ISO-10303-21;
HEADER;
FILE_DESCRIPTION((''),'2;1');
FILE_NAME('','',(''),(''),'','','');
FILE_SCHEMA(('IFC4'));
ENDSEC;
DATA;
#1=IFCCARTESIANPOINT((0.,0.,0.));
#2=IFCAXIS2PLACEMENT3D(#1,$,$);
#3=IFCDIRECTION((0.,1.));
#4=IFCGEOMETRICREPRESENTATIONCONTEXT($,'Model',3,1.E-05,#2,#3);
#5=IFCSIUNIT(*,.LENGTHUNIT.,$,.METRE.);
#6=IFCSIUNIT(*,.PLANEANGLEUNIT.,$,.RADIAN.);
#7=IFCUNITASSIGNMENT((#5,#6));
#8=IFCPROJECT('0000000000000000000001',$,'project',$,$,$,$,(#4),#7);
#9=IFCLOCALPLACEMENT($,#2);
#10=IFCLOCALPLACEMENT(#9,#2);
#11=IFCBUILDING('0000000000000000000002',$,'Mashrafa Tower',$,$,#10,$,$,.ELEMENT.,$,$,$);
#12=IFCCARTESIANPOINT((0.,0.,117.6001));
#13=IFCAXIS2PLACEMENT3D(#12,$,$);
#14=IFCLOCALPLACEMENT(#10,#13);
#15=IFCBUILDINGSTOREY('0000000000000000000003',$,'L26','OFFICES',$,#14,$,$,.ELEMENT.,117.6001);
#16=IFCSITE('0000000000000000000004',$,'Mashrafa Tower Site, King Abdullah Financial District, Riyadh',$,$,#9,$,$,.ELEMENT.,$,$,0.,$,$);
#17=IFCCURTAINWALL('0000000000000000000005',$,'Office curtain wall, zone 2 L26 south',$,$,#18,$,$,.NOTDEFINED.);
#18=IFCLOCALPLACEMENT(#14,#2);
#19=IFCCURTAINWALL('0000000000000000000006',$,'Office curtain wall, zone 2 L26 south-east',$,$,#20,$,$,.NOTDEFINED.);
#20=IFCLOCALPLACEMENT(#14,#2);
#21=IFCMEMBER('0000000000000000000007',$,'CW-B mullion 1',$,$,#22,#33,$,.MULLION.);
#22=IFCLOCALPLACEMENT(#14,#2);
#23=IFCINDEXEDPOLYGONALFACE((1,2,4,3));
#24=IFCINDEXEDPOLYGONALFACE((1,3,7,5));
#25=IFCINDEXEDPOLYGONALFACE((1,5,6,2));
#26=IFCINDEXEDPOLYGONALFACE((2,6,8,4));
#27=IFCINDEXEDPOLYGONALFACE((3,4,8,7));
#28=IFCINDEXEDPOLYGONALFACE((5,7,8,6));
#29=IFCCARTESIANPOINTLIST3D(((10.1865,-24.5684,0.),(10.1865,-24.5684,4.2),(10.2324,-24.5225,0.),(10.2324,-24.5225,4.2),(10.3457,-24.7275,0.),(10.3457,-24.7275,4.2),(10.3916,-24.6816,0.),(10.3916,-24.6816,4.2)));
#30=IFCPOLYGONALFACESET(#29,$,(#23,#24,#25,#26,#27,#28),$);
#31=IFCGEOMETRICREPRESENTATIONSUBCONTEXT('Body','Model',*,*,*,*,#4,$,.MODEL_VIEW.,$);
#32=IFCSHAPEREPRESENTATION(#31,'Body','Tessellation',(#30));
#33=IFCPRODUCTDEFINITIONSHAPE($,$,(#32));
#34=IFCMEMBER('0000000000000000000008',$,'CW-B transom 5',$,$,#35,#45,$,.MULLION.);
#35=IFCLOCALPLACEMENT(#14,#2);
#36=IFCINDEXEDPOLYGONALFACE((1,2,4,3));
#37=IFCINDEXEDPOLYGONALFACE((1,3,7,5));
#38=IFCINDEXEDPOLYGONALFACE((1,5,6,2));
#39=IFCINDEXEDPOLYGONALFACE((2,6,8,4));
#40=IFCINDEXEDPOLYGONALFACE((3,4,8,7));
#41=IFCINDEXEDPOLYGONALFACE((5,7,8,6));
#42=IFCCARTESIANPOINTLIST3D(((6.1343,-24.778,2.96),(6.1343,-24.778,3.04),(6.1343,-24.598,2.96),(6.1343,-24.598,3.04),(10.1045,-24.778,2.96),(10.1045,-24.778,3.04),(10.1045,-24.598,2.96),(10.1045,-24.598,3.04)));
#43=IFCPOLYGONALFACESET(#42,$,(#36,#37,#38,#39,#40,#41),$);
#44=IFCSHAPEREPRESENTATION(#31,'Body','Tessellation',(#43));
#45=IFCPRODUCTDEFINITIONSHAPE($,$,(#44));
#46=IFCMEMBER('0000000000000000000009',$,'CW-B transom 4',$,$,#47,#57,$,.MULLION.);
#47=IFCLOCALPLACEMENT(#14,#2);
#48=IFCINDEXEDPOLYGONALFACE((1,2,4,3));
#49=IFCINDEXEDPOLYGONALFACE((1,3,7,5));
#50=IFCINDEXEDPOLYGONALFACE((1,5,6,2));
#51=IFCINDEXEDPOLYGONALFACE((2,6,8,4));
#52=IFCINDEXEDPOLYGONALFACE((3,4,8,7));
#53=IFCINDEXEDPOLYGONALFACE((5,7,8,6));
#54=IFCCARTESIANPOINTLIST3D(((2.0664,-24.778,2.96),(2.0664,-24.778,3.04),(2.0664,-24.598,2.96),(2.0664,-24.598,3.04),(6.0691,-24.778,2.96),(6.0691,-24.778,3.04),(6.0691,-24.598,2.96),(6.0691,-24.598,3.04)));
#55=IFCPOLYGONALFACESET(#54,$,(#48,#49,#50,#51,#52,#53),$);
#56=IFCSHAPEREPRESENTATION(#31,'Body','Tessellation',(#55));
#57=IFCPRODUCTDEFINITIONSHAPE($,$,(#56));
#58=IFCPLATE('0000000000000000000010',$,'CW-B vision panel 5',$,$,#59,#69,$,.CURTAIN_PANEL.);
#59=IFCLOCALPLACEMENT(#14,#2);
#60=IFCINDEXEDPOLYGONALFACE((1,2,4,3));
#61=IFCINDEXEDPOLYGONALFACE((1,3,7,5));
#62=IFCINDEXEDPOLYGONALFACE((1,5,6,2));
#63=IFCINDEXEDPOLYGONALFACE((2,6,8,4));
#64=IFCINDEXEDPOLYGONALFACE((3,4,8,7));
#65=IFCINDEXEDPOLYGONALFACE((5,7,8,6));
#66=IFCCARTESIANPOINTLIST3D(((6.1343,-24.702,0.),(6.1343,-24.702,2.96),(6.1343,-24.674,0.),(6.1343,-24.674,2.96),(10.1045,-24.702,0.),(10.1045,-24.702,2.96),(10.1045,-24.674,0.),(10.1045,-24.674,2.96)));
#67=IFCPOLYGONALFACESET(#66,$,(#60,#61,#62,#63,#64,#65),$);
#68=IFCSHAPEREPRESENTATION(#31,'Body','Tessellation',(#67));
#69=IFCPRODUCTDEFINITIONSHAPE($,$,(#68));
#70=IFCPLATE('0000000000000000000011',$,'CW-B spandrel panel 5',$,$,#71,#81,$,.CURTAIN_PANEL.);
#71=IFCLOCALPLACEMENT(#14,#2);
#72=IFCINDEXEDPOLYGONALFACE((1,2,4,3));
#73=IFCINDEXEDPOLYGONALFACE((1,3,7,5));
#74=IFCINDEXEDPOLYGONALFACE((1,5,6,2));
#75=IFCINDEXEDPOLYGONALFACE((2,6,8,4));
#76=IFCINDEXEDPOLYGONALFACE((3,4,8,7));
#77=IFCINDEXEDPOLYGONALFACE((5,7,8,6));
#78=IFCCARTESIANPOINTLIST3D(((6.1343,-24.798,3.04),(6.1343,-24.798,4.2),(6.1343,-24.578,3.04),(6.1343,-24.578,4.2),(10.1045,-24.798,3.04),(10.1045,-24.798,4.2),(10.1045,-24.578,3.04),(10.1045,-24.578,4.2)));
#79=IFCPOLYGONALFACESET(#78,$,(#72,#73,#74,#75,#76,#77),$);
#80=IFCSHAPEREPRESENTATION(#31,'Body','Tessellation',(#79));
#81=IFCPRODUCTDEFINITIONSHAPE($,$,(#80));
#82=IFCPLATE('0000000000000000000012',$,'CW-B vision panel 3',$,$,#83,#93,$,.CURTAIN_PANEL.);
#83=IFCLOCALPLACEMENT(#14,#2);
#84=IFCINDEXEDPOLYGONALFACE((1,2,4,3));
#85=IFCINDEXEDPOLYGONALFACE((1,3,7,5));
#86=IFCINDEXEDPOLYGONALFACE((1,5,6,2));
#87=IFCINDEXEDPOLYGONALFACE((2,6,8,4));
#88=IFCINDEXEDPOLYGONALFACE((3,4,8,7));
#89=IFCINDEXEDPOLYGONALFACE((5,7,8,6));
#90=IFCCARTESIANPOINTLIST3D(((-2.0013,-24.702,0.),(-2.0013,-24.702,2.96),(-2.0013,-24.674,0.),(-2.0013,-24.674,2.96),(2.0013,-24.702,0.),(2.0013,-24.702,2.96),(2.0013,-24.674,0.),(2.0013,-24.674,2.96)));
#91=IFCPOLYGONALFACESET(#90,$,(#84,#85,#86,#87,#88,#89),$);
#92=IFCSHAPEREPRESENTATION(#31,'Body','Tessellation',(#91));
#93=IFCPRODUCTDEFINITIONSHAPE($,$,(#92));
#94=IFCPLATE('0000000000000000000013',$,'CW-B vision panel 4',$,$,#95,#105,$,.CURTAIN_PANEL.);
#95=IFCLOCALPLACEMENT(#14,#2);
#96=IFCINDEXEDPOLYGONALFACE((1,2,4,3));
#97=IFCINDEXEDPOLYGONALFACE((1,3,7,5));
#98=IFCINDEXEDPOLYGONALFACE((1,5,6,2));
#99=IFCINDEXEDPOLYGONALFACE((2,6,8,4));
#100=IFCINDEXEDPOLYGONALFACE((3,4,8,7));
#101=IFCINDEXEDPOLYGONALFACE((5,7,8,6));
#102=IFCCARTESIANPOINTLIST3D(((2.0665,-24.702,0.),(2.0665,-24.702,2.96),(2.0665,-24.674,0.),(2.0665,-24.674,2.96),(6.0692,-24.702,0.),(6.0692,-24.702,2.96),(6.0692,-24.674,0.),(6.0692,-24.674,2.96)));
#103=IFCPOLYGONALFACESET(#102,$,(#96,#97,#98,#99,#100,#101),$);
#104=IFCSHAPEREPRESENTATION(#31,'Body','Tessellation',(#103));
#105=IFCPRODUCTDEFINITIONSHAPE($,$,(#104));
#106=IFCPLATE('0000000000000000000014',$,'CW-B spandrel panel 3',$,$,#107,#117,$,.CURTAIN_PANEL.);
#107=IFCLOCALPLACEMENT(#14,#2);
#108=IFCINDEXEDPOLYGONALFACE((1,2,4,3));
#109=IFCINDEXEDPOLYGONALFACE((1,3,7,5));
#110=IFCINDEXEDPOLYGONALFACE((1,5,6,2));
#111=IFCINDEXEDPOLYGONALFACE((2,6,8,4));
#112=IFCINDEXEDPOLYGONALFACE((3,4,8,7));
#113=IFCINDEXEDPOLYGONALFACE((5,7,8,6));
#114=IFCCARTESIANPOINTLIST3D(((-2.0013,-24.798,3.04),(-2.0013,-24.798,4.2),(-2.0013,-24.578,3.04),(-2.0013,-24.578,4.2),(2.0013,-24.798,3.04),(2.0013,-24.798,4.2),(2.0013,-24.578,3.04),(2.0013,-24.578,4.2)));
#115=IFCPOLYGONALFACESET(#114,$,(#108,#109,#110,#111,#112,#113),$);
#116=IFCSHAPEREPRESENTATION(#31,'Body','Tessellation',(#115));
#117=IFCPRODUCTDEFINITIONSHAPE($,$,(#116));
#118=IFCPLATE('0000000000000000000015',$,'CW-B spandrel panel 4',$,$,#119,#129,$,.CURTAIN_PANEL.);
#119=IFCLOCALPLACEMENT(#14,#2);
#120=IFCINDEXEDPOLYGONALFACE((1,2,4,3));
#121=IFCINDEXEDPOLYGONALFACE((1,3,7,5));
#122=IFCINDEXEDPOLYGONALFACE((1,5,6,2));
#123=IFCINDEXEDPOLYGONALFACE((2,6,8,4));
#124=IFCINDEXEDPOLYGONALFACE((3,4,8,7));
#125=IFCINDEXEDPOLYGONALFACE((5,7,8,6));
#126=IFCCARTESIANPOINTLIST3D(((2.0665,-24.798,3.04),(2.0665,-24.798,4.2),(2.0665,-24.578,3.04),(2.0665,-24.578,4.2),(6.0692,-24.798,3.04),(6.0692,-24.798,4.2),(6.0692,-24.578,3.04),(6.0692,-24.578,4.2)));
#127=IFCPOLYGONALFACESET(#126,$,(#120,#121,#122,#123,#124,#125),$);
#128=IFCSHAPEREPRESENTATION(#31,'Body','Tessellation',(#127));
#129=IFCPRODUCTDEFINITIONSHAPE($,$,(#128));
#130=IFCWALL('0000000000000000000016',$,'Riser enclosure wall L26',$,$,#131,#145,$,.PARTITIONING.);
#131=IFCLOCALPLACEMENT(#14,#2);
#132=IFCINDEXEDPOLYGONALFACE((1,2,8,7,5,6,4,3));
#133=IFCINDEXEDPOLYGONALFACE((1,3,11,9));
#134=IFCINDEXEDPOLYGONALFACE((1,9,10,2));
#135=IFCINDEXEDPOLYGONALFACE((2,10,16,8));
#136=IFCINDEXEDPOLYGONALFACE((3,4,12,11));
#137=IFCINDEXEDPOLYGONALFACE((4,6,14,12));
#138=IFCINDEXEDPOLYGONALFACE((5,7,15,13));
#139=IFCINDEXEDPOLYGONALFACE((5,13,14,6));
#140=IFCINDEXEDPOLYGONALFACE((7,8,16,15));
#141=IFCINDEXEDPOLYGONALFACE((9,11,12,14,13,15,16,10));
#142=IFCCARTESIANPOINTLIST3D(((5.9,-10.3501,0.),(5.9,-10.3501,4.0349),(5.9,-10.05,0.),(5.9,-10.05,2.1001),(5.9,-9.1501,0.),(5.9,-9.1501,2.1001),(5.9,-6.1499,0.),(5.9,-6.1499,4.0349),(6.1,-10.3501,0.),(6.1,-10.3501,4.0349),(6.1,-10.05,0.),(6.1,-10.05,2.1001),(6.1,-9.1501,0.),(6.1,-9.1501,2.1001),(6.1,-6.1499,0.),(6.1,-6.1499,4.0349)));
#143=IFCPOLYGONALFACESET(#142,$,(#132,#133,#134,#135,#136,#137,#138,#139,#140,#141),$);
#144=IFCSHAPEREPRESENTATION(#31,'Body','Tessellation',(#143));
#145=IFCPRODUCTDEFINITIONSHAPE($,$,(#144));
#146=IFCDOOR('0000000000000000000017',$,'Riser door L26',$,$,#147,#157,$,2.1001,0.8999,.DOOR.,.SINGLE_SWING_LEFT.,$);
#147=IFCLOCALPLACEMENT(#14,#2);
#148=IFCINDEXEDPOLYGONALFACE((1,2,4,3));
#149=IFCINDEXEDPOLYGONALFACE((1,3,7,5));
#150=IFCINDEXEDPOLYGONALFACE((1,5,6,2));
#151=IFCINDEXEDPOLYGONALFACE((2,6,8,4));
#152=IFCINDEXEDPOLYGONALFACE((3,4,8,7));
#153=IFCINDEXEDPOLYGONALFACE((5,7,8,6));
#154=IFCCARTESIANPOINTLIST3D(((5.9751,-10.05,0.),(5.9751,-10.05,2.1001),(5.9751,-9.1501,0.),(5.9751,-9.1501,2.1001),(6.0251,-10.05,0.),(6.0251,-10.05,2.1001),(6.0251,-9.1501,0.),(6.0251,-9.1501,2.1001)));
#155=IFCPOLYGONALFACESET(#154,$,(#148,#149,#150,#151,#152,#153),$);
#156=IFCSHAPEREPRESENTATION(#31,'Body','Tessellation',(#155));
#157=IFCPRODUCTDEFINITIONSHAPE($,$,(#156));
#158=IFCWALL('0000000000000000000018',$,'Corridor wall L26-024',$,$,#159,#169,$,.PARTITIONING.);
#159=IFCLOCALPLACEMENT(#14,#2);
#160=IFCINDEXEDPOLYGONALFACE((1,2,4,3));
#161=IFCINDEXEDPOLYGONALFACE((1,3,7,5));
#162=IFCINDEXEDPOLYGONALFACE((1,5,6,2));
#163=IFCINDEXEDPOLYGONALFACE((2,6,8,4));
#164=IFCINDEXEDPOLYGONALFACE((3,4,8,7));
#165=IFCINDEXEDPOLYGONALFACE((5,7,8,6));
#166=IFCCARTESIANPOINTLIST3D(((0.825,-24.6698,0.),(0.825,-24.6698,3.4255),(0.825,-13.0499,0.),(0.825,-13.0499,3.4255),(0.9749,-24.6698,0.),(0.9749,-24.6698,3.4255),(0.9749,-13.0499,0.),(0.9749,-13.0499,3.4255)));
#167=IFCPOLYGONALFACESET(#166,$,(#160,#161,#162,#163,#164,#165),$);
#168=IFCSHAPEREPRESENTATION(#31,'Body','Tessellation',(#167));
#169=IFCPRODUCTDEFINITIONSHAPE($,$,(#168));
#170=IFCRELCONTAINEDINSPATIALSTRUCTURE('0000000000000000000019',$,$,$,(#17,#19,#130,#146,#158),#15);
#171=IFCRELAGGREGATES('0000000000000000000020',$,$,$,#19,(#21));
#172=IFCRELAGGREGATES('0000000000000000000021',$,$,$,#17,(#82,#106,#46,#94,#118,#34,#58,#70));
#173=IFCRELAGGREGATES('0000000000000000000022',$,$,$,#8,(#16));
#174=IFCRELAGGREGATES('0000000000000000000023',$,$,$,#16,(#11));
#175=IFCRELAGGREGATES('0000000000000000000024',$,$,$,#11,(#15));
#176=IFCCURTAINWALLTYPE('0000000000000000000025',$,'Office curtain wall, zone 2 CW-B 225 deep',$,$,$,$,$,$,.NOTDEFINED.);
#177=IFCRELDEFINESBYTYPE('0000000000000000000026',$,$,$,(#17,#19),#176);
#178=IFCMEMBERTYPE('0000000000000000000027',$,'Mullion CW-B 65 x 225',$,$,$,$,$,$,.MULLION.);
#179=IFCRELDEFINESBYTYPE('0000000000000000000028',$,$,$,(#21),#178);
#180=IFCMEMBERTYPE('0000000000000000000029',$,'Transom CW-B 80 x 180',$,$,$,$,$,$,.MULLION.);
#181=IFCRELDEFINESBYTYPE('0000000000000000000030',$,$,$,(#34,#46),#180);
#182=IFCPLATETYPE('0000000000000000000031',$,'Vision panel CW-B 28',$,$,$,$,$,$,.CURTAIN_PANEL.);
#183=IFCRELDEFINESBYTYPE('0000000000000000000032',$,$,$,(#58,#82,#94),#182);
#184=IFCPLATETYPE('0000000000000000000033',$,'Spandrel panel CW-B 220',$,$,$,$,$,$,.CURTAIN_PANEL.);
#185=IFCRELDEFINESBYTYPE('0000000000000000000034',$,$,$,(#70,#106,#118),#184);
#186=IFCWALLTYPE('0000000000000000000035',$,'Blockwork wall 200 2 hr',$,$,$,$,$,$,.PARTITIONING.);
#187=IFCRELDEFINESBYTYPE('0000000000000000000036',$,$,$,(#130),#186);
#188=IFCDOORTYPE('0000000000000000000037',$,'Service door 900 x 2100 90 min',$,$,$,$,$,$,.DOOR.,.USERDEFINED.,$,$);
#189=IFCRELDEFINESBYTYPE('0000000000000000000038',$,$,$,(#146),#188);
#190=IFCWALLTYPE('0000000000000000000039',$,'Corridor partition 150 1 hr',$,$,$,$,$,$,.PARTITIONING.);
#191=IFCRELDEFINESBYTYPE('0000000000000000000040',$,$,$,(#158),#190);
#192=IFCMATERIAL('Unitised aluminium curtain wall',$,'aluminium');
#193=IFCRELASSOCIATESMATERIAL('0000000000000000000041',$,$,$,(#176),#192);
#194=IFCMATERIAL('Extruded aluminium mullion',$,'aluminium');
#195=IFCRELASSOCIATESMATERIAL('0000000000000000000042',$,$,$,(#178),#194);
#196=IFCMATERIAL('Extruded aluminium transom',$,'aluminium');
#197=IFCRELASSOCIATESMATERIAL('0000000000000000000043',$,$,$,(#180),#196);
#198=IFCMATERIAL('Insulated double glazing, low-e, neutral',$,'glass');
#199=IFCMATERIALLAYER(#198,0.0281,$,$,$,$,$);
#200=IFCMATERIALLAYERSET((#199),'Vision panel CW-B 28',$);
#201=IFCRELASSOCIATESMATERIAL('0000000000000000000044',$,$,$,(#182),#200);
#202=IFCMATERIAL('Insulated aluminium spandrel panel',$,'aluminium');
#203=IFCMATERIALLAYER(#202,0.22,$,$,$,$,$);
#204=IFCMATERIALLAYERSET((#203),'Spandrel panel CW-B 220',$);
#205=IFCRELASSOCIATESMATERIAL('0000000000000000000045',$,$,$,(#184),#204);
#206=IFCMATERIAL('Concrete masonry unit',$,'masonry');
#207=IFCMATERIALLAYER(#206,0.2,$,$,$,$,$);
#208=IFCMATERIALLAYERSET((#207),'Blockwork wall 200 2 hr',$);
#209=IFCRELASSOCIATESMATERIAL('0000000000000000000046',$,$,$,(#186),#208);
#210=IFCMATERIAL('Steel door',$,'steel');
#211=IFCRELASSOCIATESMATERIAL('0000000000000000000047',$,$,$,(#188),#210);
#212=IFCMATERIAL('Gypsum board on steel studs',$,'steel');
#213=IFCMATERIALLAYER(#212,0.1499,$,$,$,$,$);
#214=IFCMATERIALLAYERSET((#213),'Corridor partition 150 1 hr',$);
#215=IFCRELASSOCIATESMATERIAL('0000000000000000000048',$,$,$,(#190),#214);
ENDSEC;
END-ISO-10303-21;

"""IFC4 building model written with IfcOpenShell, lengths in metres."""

from ifc_helpers import new_model, si_unit, direction, frame, frame_2d, origin, origin_2d, place, context, subcontext, project, spatial, rectangle, extrude, source, transform, mapped, material, layer, layer_set, material_profile, profile_set, type_object, type_shapes, element, fill, aggregate, save


model = new_model("IFC4")

# Units and contexts
model_context = context("Model", 3, precision=1e-05, world=origin(), true_north=direction((0.0, 1.0)))
body_context = subcontext(model_context, "Body", "Model", "MODEL_VIEW")
ifc_project = project(units=[si_unit("LENGTHUNIT", "METRE"), si_unit("PLANEANGLEUNIT", "RADIAN")], contexts=[model_context])

# Site, building, storey
site_placement = place(None, origin())
site = spatial("IfcSite", under=ifc_project, at=site_placement, Name="Mashrafa Tower Site, King Abdullah Financial District, Riyadh", CompositionType="ELEMENT", RefElevation=0.0)
building_placement = place(site_placement, origin())
building = spatial("IfcBuilding", under=site, at=building_placement, Name="Mashrafa Tower", CompositionType="ELEMENT")
storey_placement = place(building_placement, frame((0.0, 0.0, 117.6001)))
storey = spatial("IfcBuildingStorey", under=building, at=storey_placement, Name="L26", Description="OFFICES", CompositionType="ELEMENT", Elevation=117.6001)

# Curtain wall
ifc_material_1 = material(Name="Unitised aluminium curtain wall", Category="aluminium")
curtain_wall_type = type_object("IfcCurtainWallType", Name="Office curtain wall, zone 2 CW-B 225 deep", PredefinedType="NOTDEFINED", material=ifc_material_1)
curtain_wall_1_placement = place(storey_placement, origin())
curtain_wall_1 = element("IfcCurtainWall", 1, at=curtain_wall_1_placement, inside=storey, type_object=curtain_wall_type, Name="Office curtain wall, zone 2 L26 south", PredefinedType="NOTDEFINED")
ifc_material_2 = material(Name="Extruded aluminium mullion", Category="aluminium")
ifc_material_profile_1 = material_profile(ifc_material_2, rectangle(XDim=0.2251, YDim=0.0649, at=origin_2d()), Name="Mullion 65x225")
ifc_profile_set_1 = profile_set([ifc_material_profile_1], Name="Extruded aluminium mullion")
member_type_1 = type_object("IfcMemberType", Name="Mullion CW-B 65 x 225", PredefinedType="MULLION", material=ifc_profile_set_1)
shared_shape_1 = source(origin(), body_context, "Body", "SweptSolid", [
    extrude(rectangle(XDim=0.2251, YDim=0.0649, at=origin_2d()), origin(), (0.0, 0.0, 1.0), 4.2),
])
type_shapes(member_type_1, [shared_shape_1])

# Curtain wall, member
curtain_wall_2_placement = place(storey_placement, origin())
curtain_wall_2 = element("IfcCurtainWall", 2, at=curtain_wall_2_placement, inside=storey, type_object=curtain_wall_type, Name="Office curtain wall, zone 2 L26 south-east", PredefinedType="NOTDEFINED")
member_1_placement = place(storey_placement, frame((10.2891, -24.625, 0.0), z_axis=(0.0, 0.0, 1.0), x_axis=(-0.707107, 0.707107, 0.0)))
member_1 = element("IfcMember", 3, at=member_1_placement, type_object=member_type_1, Name="CW-B mullion 1", PredefinedType="MULLION", context=body_context, shape_type="MappedRepresentation", body=[
    mapped(shared_shape_1, transform((0.0, 0.0, 0.0))),
])
aggregate(curtain_wall_2, [member_1])

# Members
ifc_material_3 = material(Name="Extruded aluminium transom", Category="aluminium")
ifc_material_profile_2 = material_profile(ifc_material_3, rectangle(XDim=0.1799, YDim=0.0801, at=origin_2d()), Name="Transom 80x180")
ifc_profile_set_2 = profile_set([ifc_material_profile_2], Name="Extruded aluminium transom")
member_type_2 = type_object("IfcMemberType", Name="Transom CW-B 80 x 180", PredefinedType="MULLION", material=ifc_profile_set_2)
shared_shape_2 = source(origin(), body_context, "Body", "SweptSolid", [
    extrude(rectangle(XDim=0.1799, YDim=0.0801, at=origin_2d()), origin(), (0.0, 0.0, 1.0), 3.9702),
])
member_2_placement = place(storey_placement, frame((6.1343, -24.688, 3.0), z_axis=(1.0, 0.0, 0.0), x_axis=(0.0, 1.0, 0.0)))
member_2 = element("IfcMember", 4, at=member_2_placement, type_object=member_type_2, Name="CW-B transom 5", PredefinedType="MULLION", context=body_context, shape_type="MappedRepresentation", body=[
    mapped(shared_shape_2, transform((0.0, 0.0, 0.0))),
])
shared_shape_3 = source(origin(), body_context, "Body", "SweptSolid", [
    extrude(rectangle(XDim=0.1799, YDim=0.0801, at=origin_2d()), origin(), (0.0, 0.0, 1.0), 4.0027),
])
type_shapes(member_type_2, [shared_shape_2, shared_shape_3])
member_3_placement = place(storey_placement, frame((2.0664, -24.688, 3.0), z_axis=(1.0, 0.0, 0.0), x_axis=(0.0, 1.0, 0.0)))
member_3 = element("IfcMember", 5, at=member_3_placement, type_object=member_type_2, Name="CW-B transom 4", PredefinedType="MULLION", context=body_context, shape_type="MappedRepresentation", body=[
    mapped(shared_shape_3, transform((0.0, 0.0, 0.0))),
])

# Plates
ifc_material_4 = material(Name="Insulated double glazing, low-e, neutral", Category="glass")
ifc_layer_1 = layer(ifc_material_4, 0.0281)
ifc_layer_set_1 = layer_set([ifc_layer_1], Name="Vision panel CW-B 28")
plate_type_1 = type_object("IfcPlateType", Name="Vision panel CW-B 28", PredefinedType="CURTAIN_PANEL", material=ifc_layer_set_1)
shared_shape_4 = source(origin(), body_context, "Body", "SweptSolid", [
    extrude(rectangle(XDim=3.9702, YDim=0.0281, at=origin_2d()), origin(), (0.0, 0.0, 1.0), 2.96),
])
plate_1_placement = place(storey_placement, frame((8.1194, -24.688, 0.0), z_axis=(0.0, 0.0, 1.0), x_axis=(1.0, 0.0, 0.0)))
plate_1 = element("IfcPlate", 6, at=plate_1_placement, type_object=plate_type_1, Name="CW-B vision panel 5", PredefinedType="CURTAIN_PANEL", context=body_context, shape_type="MappedRepresentation", body=[
    mapped(shared_shape_4, transform((0.0, 0.0, 0.0))),
])
ifc_material_5 = material(Name="Insulated aluminium spandrel panel", Category="aluminium")
ifc_layer_2 = layer(ifc_material_5, 0.22)
ifc_layer_set_2 = layer_set([ifc_layer_2], Name="Spandrel panel CW-B 220")
plate_type_2 = type_object("IfcPlateType", Name="Spandrel panel CW-B 220", PredefinedType="CURTAIN_PANEL", material=ifc_layer_set_2)
shared_shape_5 = source(origin(), body_context, "Body", "SweptSolid", [
    extrude(rectangle(XDim=3.9702, YDim=0.22, at=origin_2d()), origin(), (0.0, 0.0, 1.0), 1.1599),
])
plate_2_placement = place(storey_placement, frame((8.1194, -24.688, 3.04), z_axis=(0.0, 0.0, 1.0), x_axis=(1.0, 0.0, 0.0)))
plate_2 = element("IfcPlate", 7, at=plate_2_placement, type_object=plate_type_2, Name="CW-B spandrel panel 5", PredefinedType="CURTAIN_PANEL", context=body_context, shape_type="MappedRepresentation", body=[
    mapped(shared_shape_5, transform((0.0, 0.0, 0.0))),
])
shared_shape_6 = source(origin(), body_context, "Body", "SweptSolid", [
    extrude(rectangle(XDim=4.0027, YDim=0.0281, at=origin_2d()), origin(), (0.0, 0.0, 1.0), 2.96),
])
type_shapes(plate_type_1, [shared_shape_4, shared_shape_6])
plate_3_placement = place(storey_placement, frame((0.0, -24.688, 0.0), z_axis=(0.0, 0.0, 1.0), x_axis=(1.0, 0.0, 0.0)))
plate_3 = element("IfcPlate", 8, at=plate_3_placement, type_object=plate_type_1, Name="CW-B vision panel 3", PredefinedType="CURTAIN_PANEL", context=body_context, shape_type="MappedRepresentation", body=[
    mapped(shared_shape_6, transform((0.0, 0.0, 0.0))),
])
plate_4_placement = place(storey_placement, frame((4.0679, -24.688, 0.0), z_axis=(0.0, 0.0, 1.0), x_axis=(1.0, 0.0, 0.0)))
plate_4 = element("IfcPlate", 9, at=plate_4_placement, type_object=plate_type_1, Name="CW-B vision panel 4", PredefinedType="CURTAIN_PANEL", context=body_context, shape_type="MappedRepresentation", body=[
    mapped(shared_shape_6, transform((0.0, 0.0, 0.0))),
])
shared_shape_7 = source(origin(), body_context, "Body", "SweptSolid", [
    extrude(rectangle(XDim=4.0027, YDim=0.22, at=origin_2d()), origin(), (0.0, 0.0, 1.0), 1.1599),
])
type_shapes(plate_type_2, [shared_shape_5, shared_shape_7])
plate_5_placement = place(storey_placement, frame((0.0, -24.688, 3.04), z_axis=(0.0, 0.0, 1.0), x_axis=(1.0, 0.0, 0.0)))
plate_5 = element("IfcPlate", 10, at=plate_5_placement, type_object=plate_type_2, Name="CW-B spandrel panel 3", PredefinedType="CURTAIN_PANEL", context=body_context, shape_type="MappedRepresentation", body=[
    mapped(shared_shape_7, transform((0.0, 0.0, 0.0))),
])
plate_6_placement = place(storey_placement, frame((4.0679, -24.688, 3.04), z_axis=(0.0, 0.0, 1.0), x_axis=(1.0, 0.0, 0.0)))
plate_6 = element("IfcPlate", 11, at=plate_6_placement, type_object=plate_type_2, Name="CW-B spandrel panel 4", PredefinedType="CURTAIN_PANEL", context=body_context, shape_type="MappedRepresentation", body=[
    mapped(shared_shape_7, transform((0.0, 0.0, 0.0))),
])
aggregate(curtain_wall_1, [plate_3, plate_5, member_3, plate_4, plate_6, member_2, plate_1, plate_2])

# Wall, opening, door
ifc_material_6 = material(Name="Concrete masonry unit", Category="masonry")
ifc_layer_3 = layer(ifc_material_6, 0.2)
ifc_layer_set_3 = layer_set([ifc_layer_3], Name="Blockwork wall 200 2 hr")
wall_type_1 = type_object("IfcWallType", Name="Blockwork wall 200 2 hr", PredefinedType="PARTITIONING", material=ifc_layer_set_3)
wall_1_placement = place(storey_placement, frame((6.0, -10.3501, 0.0), z_axis=(0.0, 0.0, 1.0), x_axis=(0.0, 1.0, 0.0)))
wall_1 = element("IfcWall", 12, at=wall_1_placement, inside=storey, type_object=wall_type_1, Name="Riser enclosure wall L26", PredefinedType="PARTITIONING", context=body_context, shape_type="SweptSolid", body=[
    extrude(rectangle(XDim=4.2002, YDim=0.2, at=frame_2d((2.1001, 0.0))), origin(), (0.0, 0.0, 1.0), 4.0349),
])
opening_1_placement = place(wall_1_placement, frame((0.3, 0.0, 0.0)))
opening_1 = element("IfcOpeningElement", 13, at=opening_1_placement, cuts=wall_1, PredefinedType="OPENING", context=body_context, shape_type="SweptSolid", body=[
    extrude(rectangle(XDim=0.8999, YDim=2.1001, at=frame_2d((0.45, 1.05))), frame((0.0, 0.1099, 0.0), z_axis=(0.0, -1.0, 0.0), x_axis=(1.0, 0.0, 0.0)), (0.0, 0.0, 1.0), 0.22),
])
ifc_material_7 = material(Name="Steel door", Category="steel")
door_type_1 = type_object("IfcDoorType", Name="Service door 900 x 2100 90 min", OperationType="USERDEFINED", PredefinedType="DOOR", material=ifc_material_7)
door_1_placement = place(opening_1_placement, origin())
door_1 = element("IfcDoor", 14, at=door_1_placement, inside=storey, type_object=door_type_1, Name="Riser door L26", OperationType="SINGLE_SWING_LEFT", OverallHeight=2.1001, OverallWidth=0.8999, PredefinedType="DOOR", context=body_context, shape_type="SweptSolid", body=[
    extrude(rectangle(XDim=0.8999, YDim=2.1001, at=frame_2d((0.45, 1.05))), frame((0.0, 0.0249, 0.0), z_axis=(0.0, -1.0, 0.0), x_axis=(1.0, 0.0, 0.0)), (0.0, 0.0, 1.0), 0.05),
])
fill(opening_1, door_1)

# Wall
ifc_material_8 = material(Name="Gypsum board on steel studs", Category="steel")
ifc_layer_4 = layer(ifc_material_8, 0.1499)
ifc_layer_set_4 = layer_set([ifc_layer_4], Name="Corridor partition 150 1 hr")
wall_type_2 = type_object("IfcWallType", Name="Corridor partition 150 1 hr", PredefinedType="PARTITIONING", material=ifc_layer_set_4)
wall_2_placement = place(storey_placement, frame((0.8999, -24.6699, 0.0), z_axis=(0.0, 0.0, 1.0), x_axis=(0.0, 1.0, 0.0)))
element("IfcWall", 15, at=wall_2_placement, inside=storey, type_object=wall_type_2, Name="Corridor wall L26-024", PredefinedType="PARTITIONING", context=body_context, shape_type="SweptSolid", body=[
    extrude(rectangle(XDim=11.6199, YDim=0.1499, at=frame_2d((5.8101, 0.0))), origin(), (0.0, 0.0, 1.0), 3.4255),
])

save(model, "model.ifc")
